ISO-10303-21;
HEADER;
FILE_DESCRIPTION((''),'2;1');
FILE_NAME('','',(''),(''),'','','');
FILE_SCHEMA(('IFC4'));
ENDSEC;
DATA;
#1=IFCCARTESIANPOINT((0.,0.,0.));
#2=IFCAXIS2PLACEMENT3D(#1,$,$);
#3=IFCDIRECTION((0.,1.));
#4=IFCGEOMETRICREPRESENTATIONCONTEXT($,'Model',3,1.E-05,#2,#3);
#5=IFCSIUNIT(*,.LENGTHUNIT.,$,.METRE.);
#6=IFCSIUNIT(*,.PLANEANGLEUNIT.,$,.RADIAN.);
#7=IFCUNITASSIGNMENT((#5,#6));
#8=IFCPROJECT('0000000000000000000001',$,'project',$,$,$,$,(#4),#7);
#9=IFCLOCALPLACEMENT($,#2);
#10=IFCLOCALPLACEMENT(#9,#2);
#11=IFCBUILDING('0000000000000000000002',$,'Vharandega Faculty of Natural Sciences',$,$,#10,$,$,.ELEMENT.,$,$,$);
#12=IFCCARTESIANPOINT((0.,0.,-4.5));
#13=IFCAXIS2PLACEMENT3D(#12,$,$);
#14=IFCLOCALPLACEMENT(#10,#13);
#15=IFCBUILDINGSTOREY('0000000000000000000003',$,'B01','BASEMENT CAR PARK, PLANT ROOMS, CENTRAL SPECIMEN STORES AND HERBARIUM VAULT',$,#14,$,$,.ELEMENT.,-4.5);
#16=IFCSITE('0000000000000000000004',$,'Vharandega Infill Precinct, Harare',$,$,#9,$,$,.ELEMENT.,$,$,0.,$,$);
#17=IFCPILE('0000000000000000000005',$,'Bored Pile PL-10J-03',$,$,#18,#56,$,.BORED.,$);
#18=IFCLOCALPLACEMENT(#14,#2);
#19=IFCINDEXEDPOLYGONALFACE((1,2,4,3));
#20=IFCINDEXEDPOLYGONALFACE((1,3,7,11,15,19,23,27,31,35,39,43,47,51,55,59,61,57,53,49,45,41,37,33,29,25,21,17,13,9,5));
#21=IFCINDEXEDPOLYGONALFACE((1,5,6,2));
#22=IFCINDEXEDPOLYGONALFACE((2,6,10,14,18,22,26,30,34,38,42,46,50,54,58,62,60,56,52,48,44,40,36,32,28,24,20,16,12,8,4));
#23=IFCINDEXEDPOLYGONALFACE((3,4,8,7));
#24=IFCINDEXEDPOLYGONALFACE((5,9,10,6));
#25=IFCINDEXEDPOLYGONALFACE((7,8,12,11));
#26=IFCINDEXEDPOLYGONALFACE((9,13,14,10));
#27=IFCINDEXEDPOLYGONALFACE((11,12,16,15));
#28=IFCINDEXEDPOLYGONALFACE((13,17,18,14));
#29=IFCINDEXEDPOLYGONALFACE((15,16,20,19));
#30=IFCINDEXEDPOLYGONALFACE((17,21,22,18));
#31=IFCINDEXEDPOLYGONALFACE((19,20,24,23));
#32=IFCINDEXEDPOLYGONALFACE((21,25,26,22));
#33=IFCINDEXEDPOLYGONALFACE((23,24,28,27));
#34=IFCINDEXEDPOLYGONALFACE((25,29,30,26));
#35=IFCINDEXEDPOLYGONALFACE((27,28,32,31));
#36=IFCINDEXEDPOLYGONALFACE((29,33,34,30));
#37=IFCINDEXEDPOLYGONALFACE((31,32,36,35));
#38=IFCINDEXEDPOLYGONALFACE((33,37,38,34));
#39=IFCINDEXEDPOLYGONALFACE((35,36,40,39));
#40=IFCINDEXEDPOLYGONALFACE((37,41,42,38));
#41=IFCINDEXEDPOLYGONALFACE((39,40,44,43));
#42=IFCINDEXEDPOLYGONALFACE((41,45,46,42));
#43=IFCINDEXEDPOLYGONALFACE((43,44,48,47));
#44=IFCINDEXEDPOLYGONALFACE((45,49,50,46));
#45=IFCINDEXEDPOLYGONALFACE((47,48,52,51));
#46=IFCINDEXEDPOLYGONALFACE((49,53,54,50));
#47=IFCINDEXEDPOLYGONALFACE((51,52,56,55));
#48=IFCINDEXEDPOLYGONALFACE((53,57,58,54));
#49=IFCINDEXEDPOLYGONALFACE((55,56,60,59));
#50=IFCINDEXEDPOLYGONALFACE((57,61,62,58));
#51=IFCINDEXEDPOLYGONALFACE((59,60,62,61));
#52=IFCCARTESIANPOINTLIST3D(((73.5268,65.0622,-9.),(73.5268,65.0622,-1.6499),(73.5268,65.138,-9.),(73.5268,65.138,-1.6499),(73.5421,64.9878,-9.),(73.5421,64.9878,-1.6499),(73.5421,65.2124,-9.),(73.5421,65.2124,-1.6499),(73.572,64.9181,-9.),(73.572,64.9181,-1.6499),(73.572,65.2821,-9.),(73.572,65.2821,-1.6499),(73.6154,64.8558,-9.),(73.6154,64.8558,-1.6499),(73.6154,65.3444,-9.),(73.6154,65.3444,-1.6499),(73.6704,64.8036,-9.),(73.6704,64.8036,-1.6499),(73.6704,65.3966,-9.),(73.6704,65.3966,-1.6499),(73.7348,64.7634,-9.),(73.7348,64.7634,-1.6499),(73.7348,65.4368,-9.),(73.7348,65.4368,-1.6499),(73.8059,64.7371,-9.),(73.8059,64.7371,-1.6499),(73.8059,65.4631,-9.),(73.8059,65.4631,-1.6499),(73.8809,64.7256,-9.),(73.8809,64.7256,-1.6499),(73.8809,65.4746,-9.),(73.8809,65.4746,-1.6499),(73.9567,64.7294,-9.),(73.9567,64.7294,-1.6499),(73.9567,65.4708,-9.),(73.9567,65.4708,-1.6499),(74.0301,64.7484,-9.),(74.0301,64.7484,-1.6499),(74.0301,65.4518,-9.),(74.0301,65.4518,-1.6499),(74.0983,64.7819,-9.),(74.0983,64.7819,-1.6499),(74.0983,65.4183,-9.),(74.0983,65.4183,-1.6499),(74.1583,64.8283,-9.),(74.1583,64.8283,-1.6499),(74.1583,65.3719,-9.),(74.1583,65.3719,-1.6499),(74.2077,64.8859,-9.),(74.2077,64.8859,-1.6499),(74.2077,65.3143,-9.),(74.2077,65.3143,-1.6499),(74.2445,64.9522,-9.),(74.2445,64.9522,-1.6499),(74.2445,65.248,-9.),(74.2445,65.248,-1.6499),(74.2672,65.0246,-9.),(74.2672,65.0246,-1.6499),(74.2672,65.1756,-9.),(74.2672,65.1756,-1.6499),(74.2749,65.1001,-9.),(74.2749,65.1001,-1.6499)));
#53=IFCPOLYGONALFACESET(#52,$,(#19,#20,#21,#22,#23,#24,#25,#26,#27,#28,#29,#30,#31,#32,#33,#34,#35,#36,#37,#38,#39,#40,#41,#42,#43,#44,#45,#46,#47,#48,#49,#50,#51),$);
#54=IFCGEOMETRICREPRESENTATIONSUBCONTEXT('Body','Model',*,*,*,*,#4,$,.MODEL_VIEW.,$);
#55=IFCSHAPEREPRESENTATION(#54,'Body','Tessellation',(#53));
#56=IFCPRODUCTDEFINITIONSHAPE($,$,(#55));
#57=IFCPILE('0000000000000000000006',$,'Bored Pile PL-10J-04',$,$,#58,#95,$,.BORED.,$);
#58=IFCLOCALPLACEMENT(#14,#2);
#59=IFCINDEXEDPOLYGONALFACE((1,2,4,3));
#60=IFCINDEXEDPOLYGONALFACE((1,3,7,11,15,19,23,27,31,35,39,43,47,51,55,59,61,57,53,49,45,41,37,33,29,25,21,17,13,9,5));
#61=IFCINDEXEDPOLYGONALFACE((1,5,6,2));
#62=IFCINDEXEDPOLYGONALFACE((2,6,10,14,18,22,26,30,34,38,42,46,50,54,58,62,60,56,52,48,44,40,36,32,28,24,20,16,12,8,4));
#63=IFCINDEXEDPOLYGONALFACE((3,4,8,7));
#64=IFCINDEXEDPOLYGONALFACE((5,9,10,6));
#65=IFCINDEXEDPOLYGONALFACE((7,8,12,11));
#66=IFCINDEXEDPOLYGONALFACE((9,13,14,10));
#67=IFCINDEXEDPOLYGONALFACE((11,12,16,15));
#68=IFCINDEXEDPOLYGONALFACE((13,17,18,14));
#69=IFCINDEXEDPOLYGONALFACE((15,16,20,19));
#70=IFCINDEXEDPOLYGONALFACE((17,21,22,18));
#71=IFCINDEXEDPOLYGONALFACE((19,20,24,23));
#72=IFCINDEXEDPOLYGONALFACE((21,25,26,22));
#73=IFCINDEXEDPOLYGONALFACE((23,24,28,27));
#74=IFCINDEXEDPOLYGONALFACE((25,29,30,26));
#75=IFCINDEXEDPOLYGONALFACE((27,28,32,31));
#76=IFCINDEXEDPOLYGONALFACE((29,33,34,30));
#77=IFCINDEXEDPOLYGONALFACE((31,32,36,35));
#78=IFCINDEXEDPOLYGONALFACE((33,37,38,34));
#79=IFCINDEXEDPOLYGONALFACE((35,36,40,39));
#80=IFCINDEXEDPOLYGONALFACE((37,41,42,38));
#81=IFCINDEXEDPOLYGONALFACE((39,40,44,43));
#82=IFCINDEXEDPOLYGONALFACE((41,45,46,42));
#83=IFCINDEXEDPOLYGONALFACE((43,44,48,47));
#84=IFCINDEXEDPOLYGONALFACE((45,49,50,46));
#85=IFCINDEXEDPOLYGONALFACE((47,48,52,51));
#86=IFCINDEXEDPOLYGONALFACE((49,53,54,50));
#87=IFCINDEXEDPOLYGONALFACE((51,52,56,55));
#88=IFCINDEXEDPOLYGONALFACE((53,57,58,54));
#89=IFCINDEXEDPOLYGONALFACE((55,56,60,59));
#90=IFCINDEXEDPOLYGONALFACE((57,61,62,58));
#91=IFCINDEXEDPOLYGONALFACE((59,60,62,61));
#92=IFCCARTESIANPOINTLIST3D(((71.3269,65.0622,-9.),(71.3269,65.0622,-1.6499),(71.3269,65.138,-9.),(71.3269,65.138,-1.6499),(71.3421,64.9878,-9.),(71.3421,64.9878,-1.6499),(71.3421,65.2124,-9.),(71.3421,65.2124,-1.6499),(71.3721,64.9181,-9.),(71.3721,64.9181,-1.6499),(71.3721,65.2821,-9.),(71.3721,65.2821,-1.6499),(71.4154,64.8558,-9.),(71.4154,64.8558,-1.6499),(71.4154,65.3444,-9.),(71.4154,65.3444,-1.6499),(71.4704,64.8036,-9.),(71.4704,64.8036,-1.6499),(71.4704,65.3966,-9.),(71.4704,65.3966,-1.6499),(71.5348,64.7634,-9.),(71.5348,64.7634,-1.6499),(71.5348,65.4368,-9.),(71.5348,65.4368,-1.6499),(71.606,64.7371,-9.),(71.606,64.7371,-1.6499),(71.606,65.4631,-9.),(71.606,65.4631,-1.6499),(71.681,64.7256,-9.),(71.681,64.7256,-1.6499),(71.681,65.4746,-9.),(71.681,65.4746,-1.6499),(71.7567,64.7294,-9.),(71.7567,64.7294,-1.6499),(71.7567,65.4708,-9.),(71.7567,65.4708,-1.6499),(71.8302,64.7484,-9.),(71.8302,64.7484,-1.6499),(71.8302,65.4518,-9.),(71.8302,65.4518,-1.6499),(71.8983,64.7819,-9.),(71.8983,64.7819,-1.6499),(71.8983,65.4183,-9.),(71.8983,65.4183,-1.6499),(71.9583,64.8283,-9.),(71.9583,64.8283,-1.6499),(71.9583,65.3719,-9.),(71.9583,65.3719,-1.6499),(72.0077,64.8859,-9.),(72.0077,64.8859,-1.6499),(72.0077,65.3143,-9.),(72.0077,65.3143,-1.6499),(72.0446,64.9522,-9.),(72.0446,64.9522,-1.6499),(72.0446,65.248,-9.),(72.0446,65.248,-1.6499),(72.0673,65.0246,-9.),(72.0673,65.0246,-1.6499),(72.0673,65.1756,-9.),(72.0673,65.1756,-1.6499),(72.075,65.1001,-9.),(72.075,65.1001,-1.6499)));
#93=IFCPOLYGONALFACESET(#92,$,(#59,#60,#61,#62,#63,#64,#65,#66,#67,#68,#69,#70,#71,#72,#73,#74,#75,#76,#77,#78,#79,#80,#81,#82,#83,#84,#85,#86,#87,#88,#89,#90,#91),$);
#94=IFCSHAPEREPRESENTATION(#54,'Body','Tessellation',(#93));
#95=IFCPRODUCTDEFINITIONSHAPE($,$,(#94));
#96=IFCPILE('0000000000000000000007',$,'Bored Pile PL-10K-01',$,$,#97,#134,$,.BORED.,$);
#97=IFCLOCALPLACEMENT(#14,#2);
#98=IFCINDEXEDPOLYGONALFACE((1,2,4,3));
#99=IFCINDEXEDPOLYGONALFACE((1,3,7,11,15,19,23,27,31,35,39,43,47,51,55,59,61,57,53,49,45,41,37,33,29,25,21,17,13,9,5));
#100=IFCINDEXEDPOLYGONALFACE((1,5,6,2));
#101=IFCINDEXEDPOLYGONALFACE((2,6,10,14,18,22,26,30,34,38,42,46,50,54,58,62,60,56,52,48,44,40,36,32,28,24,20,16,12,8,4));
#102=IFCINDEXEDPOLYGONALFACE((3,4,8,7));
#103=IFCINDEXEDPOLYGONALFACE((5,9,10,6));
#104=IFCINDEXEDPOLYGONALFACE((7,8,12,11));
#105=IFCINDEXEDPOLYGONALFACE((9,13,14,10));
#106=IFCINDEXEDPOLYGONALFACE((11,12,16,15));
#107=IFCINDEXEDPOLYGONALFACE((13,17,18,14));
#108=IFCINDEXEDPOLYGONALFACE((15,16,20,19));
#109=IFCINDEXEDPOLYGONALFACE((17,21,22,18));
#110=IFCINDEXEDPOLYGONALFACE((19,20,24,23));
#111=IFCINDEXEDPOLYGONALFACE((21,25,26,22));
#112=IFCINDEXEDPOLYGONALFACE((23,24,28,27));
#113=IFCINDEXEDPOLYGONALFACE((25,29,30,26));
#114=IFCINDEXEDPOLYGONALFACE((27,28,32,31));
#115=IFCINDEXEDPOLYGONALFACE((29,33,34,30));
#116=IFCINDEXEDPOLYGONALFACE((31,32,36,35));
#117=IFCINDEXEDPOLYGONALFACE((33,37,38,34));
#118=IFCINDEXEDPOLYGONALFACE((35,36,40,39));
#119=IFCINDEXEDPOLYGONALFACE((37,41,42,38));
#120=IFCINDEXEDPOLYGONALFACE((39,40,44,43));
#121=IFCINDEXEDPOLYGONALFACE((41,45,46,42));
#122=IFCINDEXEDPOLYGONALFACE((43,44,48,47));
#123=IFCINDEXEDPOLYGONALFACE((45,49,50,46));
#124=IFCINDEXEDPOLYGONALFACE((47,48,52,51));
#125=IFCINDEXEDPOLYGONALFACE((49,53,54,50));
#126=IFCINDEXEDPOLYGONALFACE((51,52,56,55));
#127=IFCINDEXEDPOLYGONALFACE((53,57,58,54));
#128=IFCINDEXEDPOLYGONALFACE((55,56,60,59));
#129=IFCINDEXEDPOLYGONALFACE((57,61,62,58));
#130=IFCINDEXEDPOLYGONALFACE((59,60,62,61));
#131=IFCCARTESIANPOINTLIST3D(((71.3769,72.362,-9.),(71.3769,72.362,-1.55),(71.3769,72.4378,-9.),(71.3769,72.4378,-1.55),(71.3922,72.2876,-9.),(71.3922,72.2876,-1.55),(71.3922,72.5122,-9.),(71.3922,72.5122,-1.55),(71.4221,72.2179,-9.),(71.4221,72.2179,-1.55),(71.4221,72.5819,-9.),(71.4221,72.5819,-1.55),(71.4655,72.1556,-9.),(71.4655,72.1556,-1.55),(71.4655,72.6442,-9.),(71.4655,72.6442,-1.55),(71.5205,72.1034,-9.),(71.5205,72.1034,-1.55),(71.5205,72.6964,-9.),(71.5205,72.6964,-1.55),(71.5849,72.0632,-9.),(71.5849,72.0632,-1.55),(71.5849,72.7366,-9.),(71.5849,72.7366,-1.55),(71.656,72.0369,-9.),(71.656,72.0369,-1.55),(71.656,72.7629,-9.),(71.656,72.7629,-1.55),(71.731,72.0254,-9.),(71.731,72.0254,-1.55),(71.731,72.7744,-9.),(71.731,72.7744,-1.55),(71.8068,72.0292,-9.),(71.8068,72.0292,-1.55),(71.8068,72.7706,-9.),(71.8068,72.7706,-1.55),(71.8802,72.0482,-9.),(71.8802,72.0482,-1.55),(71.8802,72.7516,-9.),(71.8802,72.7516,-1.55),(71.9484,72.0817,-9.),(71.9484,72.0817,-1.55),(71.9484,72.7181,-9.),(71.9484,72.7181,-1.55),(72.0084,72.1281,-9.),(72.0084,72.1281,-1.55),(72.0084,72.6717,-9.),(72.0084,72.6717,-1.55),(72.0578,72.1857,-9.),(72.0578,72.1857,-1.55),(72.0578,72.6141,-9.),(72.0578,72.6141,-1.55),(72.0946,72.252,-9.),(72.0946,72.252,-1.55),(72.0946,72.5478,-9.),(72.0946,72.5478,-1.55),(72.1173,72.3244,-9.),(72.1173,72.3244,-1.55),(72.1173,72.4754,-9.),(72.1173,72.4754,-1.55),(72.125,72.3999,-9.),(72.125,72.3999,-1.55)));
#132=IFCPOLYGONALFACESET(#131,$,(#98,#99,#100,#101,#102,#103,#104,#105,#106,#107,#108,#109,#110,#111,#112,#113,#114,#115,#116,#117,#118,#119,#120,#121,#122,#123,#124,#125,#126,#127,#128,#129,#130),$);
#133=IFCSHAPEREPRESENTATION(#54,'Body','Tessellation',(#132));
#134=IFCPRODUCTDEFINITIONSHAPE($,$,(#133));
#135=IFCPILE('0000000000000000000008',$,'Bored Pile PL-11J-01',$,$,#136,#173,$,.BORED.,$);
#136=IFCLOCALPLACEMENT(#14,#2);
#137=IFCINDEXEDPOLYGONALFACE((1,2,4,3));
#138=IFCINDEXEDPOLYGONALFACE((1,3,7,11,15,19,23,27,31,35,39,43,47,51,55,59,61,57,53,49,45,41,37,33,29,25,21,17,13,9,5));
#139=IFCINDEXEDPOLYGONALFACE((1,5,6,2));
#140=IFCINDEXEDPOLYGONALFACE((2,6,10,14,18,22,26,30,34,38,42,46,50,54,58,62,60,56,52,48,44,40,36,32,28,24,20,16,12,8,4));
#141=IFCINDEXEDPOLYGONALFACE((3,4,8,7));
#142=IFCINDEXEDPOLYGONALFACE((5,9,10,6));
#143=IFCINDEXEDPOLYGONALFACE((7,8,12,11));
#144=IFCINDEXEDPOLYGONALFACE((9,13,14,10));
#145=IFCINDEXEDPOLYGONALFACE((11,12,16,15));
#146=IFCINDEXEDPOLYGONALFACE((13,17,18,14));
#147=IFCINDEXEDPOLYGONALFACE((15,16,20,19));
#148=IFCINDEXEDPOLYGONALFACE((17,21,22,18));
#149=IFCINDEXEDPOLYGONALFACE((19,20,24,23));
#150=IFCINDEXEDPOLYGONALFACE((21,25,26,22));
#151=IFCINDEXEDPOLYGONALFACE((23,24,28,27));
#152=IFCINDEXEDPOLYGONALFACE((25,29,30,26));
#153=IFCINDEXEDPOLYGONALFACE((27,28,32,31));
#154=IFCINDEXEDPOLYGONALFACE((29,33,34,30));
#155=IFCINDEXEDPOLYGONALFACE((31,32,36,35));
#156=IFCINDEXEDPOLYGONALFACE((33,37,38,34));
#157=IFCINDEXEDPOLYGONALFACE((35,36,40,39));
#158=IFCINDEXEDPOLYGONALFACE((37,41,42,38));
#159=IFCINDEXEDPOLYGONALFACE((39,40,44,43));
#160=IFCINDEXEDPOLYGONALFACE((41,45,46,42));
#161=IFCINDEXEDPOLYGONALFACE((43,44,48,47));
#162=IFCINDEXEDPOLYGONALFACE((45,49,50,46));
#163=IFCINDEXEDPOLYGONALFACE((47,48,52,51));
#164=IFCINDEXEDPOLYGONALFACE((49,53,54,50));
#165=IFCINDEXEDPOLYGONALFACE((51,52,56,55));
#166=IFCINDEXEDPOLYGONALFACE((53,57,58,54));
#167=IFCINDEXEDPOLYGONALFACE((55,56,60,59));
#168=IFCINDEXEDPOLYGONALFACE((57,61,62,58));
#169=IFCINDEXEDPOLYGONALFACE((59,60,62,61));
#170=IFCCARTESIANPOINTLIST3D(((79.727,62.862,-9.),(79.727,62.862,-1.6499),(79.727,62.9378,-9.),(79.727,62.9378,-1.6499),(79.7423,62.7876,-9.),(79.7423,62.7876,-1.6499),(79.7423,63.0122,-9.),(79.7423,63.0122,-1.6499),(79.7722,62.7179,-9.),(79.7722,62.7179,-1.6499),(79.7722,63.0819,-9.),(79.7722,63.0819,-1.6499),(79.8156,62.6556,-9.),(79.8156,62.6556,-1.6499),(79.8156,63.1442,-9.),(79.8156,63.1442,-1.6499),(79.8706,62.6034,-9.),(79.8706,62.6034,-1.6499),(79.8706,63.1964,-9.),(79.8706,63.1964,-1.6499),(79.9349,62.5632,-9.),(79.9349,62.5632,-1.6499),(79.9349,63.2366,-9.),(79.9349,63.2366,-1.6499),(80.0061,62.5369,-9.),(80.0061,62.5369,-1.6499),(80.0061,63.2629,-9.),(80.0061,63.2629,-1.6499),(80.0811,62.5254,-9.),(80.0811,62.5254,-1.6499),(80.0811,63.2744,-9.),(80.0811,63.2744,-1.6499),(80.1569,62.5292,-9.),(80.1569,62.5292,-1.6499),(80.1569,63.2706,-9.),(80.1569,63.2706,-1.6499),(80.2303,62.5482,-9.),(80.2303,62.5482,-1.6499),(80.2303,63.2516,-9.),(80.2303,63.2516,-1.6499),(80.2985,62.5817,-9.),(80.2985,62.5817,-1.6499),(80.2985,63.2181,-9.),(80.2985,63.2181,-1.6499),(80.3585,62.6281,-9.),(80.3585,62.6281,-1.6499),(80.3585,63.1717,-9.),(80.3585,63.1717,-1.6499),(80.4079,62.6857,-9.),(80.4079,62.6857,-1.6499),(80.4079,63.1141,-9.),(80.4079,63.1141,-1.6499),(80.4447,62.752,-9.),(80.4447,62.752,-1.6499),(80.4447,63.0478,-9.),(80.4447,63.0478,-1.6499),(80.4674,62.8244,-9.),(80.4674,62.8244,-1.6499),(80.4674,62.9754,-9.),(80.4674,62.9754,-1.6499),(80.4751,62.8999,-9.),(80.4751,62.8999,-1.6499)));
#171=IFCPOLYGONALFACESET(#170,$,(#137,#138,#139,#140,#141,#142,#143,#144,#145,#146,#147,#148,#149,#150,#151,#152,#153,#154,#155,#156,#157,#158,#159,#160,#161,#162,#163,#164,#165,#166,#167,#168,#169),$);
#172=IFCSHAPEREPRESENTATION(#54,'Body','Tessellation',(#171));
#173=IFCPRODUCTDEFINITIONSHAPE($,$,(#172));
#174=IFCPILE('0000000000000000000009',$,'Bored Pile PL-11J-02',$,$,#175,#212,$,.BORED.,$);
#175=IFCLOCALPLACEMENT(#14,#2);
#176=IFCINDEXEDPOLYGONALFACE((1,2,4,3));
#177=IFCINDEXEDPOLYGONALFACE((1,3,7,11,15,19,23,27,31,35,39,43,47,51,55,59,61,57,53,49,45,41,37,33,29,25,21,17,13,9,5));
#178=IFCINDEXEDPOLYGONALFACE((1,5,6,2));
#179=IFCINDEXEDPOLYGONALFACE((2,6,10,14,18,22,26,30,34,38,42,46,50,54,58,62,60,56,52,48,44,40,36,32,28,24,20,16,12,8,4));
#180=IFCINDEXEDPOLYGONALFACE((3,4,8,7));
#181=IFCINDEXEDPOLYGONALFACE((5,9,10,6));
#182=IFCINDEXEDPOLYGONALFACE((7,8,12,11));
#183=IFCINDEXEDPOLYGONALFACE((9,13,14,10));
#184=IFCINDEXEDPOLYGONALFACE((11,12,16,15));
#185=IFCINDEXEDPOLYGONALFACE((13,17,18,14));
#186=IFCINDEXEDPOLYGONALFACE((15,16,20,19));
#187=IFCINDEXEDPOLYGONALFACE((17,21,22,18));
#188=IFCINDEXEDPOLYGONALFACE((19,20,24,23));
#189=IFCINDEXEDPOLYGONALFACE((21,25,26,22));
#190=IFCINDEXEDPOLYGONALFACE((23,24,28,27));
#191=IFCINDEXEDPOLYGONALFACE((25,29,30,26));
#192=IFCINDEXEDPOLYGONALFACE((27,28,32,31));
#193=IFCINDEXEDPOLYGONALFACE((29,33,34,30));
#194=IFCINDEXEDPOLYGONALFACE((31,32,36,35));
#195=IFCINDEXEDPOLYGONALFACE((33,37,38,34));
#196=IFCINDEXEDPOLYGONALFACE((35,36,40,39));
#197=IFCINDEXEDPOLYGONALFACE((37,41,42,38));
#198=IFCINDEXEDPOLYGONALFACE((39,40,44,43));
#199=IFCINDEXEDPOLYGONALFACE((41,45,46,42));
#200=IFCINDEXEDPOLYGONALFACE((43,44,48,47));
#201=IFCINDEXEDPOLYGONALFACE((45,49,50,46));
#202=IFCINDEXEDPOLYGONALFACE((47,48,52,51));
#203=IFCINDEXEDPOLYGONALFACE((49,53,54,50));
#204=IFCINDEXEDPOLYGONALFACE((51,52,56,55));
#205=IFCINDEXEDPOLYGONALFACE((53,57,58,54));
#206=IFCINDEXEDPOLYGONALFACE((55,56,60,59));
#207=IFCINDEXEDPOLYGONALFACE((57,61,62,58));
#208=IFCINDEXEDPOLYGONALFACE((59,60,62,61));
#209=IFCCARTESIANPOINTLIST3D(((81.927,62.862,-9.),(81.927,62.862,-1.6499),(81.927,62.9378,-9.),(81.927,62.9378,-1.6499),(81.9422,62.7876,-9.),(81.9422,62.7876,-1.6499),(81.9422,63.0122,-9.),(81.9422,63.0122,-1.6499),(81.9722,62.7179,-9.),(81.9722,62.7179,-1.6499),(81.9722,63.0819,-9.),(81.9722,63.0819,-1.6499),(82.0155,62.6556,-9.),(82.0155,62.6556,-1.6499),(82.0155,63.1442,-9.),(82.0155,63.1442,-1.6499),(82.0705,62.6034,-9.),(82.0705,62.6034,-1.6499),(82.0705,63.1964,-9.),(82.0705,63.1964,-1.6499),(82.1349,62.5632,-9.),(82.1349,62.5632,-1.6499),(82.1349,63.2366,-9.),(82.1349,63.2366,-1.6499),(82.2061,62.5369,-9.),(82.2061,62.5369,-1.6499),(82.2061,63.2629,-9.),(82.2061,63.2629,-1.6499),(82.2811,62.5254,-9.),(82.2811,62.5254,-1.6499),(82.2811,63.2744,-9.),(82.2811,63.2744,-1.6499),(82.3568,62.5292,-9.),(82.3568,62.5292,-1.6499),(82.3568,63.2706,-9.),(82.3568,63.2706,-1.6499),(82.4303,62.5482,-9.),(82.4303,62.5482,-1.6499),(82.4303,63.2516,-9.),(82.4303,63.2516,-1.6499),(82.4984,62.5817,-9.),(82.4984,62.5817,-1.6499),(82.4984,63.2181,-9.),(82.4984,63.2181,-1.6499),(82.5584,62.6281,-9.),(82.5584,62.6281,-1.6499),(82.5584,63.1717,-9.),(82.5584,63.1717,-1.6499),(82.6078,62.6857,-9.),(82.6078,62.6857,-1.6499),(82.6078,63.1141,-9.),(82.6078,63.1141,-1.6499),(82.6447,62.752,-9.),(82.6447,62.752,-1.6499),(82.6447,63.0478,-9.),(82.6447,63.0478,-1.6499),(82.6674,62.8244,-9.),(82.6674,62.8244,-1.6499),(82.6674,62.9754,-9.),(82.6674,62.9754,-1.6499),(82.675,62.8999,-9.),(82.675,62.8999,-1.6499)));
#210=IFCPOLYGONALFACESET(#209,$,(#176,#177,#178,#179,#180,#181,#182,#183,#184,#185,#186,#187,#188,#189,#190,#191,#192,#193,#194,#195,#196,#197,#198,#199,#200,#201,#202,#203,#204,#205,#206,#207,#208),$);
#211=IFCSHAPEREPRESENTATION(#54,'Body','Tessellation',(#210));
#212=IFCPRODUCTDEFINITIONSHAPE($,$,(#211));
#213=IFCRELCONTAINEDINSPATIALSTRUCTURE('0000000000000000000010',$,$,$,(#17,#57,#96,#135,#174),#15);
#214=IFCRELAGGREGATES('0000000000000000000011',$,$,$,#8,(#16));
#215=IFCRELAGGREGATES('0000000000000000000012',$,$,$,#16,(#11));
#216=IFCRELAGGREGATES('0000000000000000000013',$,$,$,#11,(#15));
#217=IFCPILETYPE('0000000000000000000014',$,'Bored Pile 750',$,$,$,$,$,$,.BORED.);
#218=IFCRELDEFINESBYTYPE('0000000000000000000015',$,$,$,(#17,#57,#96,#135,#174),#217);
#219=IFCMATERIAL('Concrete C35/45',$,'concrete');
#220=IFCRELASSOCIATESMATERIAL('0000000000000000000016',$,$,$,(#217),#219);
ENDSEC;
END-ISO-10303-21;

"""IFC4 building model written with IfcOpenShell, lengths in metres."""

from ifc_helpers import new_model, si_unit, direction, frame, origin, origin_2d, place, context, subcontext, project, spatial, circle, extrude, material, material_profile, profile_set, type_object, element, save


model = new_model("IFC4")

# Units and contexts
model_context = context("Model", 3, precision=1e-05, world=origin(), true_north=direction((0.0, 1.0)))
body_context = subcontext(model_context, "Body", "Model", "MODEL_VIEW")
ifc_project = project(units=[si_unit("LENGTHUNIT", "METRE"), si_unit("PLANEANGLEUNIT", "RADIAN")], contexts=[model_context])

# Site, building, storey
site_placement = place(None, origin())
site = spatial("IfcSite", under=ifc_project, at=site_placement, Name="Vharandega Infill Precinct, Harare", CompositionType="ELEMENT", RefElevation=0.0)
building_placement = place(site_placement, origin())
building = spatial("IfcBuilding", under=site, at=building_placement, Name="Vharandega Faculty of Natural Sciences", CompositionType="ELEMENT")
storey_placement = place(building_placement, frame((0.0, 0.0, -4.5)))
storey = spatial("IfcBuildingStorey", under=building, at=storey_placement, Name="B01", Description="BASEMENT CAR PARK, PLANT ROOMS, CENTRAL SPECIMEN STORES AND HERBARIUM VAULT", CompositionType="ELEMENT", Elevation=-4.5)

# Piles
ifc_material_1 = material(Name="Concrete C35/45", Category="concrete")
ifc_material_profile_1 = material_profile(ifc_material_1, circle(Radius=0.375, at=origin_2d()), Name="PILE 750")
ifc_profile_set_1 = profile_set([ifc_material_profile_1], Name="Concrete C35/45")
pile_type = type_object("IfcPileType", Name="Bored Pile 750", PredefinedType="BORED", material=ifc_profile_set_1)
for number, where, z_axis, x_axis, name in (
    (1, (73.8999, 65.1001, -1.6499), (0.0, 0.0, -1.0), (1.0, 0.0, 0.0), "Bored Pile PL-10J-03"),
    (2, (71.7, 65.1001, -1.6499), (0.0, 0.0, -1.0), (1.0, 0.0, 0.0), "Bored Pile PL-10J-04"),
):
    element("IfcPile", number, at=place(storey_placement, frame(where, z_axis=z_axis, x_axis=x_axis)), inside=storey, type_object=pile_type, Name=name, PredefinedType="BORED", context=body_context, shape_type="SweptSolid", body=[
        extrude(circle(Radius=0.375, at=origin_2d()), origin(), (0.0, 0.0, 1.0), 7.3501),
    ])
pile_placement = place(storey_placement, frame((71.75, 72.3999, -1.55), z_axis=(0.0, 0.0, -1.0), x_axis=(1.0, 0.0, 0.0)))
element("IfcPile", 3, at=pile_placement, inside=storey, type_object=pile_type, Name="Bored Pile PL-10K-01", PredefinedType="BORED", context=body_context, shape_type="SweptSolid", body=[
    extrude(circle(Radius=0.375, at=origin_2d()), origin(), (0.0, 0.0, 1.0), 7.45),
])
for number, where, z_axis, x_axis, name in (
    (4, (80.1001, 62.8999, -1.6499), (0.0, 0.0, -1.0), (1.0, 0.0, 0.0), "Bored Pile PL-11J-01"),
    (5, (82.3, 62.8999, -1.6499), (0.0, 0.0, -1.0), (1.0, 0.0, 0.0), "Bored Pile PL-11J-02"),
):
    element("IfcPile", number, at=place(storey_placement, frame(where, z_axis=z_axis, x_axis=x_axis)), inside=storey, type_object=pile_type, Name=name, PredefinedType="BORED", context=body_context, shape_type="SweptSolid", body=[
        extrude(circle(Radius=0.375, at=origin_2d()), origin(), (0.0, 0.0, 1.0), 7.3501),
    ])

save(model, "model.ifc")
